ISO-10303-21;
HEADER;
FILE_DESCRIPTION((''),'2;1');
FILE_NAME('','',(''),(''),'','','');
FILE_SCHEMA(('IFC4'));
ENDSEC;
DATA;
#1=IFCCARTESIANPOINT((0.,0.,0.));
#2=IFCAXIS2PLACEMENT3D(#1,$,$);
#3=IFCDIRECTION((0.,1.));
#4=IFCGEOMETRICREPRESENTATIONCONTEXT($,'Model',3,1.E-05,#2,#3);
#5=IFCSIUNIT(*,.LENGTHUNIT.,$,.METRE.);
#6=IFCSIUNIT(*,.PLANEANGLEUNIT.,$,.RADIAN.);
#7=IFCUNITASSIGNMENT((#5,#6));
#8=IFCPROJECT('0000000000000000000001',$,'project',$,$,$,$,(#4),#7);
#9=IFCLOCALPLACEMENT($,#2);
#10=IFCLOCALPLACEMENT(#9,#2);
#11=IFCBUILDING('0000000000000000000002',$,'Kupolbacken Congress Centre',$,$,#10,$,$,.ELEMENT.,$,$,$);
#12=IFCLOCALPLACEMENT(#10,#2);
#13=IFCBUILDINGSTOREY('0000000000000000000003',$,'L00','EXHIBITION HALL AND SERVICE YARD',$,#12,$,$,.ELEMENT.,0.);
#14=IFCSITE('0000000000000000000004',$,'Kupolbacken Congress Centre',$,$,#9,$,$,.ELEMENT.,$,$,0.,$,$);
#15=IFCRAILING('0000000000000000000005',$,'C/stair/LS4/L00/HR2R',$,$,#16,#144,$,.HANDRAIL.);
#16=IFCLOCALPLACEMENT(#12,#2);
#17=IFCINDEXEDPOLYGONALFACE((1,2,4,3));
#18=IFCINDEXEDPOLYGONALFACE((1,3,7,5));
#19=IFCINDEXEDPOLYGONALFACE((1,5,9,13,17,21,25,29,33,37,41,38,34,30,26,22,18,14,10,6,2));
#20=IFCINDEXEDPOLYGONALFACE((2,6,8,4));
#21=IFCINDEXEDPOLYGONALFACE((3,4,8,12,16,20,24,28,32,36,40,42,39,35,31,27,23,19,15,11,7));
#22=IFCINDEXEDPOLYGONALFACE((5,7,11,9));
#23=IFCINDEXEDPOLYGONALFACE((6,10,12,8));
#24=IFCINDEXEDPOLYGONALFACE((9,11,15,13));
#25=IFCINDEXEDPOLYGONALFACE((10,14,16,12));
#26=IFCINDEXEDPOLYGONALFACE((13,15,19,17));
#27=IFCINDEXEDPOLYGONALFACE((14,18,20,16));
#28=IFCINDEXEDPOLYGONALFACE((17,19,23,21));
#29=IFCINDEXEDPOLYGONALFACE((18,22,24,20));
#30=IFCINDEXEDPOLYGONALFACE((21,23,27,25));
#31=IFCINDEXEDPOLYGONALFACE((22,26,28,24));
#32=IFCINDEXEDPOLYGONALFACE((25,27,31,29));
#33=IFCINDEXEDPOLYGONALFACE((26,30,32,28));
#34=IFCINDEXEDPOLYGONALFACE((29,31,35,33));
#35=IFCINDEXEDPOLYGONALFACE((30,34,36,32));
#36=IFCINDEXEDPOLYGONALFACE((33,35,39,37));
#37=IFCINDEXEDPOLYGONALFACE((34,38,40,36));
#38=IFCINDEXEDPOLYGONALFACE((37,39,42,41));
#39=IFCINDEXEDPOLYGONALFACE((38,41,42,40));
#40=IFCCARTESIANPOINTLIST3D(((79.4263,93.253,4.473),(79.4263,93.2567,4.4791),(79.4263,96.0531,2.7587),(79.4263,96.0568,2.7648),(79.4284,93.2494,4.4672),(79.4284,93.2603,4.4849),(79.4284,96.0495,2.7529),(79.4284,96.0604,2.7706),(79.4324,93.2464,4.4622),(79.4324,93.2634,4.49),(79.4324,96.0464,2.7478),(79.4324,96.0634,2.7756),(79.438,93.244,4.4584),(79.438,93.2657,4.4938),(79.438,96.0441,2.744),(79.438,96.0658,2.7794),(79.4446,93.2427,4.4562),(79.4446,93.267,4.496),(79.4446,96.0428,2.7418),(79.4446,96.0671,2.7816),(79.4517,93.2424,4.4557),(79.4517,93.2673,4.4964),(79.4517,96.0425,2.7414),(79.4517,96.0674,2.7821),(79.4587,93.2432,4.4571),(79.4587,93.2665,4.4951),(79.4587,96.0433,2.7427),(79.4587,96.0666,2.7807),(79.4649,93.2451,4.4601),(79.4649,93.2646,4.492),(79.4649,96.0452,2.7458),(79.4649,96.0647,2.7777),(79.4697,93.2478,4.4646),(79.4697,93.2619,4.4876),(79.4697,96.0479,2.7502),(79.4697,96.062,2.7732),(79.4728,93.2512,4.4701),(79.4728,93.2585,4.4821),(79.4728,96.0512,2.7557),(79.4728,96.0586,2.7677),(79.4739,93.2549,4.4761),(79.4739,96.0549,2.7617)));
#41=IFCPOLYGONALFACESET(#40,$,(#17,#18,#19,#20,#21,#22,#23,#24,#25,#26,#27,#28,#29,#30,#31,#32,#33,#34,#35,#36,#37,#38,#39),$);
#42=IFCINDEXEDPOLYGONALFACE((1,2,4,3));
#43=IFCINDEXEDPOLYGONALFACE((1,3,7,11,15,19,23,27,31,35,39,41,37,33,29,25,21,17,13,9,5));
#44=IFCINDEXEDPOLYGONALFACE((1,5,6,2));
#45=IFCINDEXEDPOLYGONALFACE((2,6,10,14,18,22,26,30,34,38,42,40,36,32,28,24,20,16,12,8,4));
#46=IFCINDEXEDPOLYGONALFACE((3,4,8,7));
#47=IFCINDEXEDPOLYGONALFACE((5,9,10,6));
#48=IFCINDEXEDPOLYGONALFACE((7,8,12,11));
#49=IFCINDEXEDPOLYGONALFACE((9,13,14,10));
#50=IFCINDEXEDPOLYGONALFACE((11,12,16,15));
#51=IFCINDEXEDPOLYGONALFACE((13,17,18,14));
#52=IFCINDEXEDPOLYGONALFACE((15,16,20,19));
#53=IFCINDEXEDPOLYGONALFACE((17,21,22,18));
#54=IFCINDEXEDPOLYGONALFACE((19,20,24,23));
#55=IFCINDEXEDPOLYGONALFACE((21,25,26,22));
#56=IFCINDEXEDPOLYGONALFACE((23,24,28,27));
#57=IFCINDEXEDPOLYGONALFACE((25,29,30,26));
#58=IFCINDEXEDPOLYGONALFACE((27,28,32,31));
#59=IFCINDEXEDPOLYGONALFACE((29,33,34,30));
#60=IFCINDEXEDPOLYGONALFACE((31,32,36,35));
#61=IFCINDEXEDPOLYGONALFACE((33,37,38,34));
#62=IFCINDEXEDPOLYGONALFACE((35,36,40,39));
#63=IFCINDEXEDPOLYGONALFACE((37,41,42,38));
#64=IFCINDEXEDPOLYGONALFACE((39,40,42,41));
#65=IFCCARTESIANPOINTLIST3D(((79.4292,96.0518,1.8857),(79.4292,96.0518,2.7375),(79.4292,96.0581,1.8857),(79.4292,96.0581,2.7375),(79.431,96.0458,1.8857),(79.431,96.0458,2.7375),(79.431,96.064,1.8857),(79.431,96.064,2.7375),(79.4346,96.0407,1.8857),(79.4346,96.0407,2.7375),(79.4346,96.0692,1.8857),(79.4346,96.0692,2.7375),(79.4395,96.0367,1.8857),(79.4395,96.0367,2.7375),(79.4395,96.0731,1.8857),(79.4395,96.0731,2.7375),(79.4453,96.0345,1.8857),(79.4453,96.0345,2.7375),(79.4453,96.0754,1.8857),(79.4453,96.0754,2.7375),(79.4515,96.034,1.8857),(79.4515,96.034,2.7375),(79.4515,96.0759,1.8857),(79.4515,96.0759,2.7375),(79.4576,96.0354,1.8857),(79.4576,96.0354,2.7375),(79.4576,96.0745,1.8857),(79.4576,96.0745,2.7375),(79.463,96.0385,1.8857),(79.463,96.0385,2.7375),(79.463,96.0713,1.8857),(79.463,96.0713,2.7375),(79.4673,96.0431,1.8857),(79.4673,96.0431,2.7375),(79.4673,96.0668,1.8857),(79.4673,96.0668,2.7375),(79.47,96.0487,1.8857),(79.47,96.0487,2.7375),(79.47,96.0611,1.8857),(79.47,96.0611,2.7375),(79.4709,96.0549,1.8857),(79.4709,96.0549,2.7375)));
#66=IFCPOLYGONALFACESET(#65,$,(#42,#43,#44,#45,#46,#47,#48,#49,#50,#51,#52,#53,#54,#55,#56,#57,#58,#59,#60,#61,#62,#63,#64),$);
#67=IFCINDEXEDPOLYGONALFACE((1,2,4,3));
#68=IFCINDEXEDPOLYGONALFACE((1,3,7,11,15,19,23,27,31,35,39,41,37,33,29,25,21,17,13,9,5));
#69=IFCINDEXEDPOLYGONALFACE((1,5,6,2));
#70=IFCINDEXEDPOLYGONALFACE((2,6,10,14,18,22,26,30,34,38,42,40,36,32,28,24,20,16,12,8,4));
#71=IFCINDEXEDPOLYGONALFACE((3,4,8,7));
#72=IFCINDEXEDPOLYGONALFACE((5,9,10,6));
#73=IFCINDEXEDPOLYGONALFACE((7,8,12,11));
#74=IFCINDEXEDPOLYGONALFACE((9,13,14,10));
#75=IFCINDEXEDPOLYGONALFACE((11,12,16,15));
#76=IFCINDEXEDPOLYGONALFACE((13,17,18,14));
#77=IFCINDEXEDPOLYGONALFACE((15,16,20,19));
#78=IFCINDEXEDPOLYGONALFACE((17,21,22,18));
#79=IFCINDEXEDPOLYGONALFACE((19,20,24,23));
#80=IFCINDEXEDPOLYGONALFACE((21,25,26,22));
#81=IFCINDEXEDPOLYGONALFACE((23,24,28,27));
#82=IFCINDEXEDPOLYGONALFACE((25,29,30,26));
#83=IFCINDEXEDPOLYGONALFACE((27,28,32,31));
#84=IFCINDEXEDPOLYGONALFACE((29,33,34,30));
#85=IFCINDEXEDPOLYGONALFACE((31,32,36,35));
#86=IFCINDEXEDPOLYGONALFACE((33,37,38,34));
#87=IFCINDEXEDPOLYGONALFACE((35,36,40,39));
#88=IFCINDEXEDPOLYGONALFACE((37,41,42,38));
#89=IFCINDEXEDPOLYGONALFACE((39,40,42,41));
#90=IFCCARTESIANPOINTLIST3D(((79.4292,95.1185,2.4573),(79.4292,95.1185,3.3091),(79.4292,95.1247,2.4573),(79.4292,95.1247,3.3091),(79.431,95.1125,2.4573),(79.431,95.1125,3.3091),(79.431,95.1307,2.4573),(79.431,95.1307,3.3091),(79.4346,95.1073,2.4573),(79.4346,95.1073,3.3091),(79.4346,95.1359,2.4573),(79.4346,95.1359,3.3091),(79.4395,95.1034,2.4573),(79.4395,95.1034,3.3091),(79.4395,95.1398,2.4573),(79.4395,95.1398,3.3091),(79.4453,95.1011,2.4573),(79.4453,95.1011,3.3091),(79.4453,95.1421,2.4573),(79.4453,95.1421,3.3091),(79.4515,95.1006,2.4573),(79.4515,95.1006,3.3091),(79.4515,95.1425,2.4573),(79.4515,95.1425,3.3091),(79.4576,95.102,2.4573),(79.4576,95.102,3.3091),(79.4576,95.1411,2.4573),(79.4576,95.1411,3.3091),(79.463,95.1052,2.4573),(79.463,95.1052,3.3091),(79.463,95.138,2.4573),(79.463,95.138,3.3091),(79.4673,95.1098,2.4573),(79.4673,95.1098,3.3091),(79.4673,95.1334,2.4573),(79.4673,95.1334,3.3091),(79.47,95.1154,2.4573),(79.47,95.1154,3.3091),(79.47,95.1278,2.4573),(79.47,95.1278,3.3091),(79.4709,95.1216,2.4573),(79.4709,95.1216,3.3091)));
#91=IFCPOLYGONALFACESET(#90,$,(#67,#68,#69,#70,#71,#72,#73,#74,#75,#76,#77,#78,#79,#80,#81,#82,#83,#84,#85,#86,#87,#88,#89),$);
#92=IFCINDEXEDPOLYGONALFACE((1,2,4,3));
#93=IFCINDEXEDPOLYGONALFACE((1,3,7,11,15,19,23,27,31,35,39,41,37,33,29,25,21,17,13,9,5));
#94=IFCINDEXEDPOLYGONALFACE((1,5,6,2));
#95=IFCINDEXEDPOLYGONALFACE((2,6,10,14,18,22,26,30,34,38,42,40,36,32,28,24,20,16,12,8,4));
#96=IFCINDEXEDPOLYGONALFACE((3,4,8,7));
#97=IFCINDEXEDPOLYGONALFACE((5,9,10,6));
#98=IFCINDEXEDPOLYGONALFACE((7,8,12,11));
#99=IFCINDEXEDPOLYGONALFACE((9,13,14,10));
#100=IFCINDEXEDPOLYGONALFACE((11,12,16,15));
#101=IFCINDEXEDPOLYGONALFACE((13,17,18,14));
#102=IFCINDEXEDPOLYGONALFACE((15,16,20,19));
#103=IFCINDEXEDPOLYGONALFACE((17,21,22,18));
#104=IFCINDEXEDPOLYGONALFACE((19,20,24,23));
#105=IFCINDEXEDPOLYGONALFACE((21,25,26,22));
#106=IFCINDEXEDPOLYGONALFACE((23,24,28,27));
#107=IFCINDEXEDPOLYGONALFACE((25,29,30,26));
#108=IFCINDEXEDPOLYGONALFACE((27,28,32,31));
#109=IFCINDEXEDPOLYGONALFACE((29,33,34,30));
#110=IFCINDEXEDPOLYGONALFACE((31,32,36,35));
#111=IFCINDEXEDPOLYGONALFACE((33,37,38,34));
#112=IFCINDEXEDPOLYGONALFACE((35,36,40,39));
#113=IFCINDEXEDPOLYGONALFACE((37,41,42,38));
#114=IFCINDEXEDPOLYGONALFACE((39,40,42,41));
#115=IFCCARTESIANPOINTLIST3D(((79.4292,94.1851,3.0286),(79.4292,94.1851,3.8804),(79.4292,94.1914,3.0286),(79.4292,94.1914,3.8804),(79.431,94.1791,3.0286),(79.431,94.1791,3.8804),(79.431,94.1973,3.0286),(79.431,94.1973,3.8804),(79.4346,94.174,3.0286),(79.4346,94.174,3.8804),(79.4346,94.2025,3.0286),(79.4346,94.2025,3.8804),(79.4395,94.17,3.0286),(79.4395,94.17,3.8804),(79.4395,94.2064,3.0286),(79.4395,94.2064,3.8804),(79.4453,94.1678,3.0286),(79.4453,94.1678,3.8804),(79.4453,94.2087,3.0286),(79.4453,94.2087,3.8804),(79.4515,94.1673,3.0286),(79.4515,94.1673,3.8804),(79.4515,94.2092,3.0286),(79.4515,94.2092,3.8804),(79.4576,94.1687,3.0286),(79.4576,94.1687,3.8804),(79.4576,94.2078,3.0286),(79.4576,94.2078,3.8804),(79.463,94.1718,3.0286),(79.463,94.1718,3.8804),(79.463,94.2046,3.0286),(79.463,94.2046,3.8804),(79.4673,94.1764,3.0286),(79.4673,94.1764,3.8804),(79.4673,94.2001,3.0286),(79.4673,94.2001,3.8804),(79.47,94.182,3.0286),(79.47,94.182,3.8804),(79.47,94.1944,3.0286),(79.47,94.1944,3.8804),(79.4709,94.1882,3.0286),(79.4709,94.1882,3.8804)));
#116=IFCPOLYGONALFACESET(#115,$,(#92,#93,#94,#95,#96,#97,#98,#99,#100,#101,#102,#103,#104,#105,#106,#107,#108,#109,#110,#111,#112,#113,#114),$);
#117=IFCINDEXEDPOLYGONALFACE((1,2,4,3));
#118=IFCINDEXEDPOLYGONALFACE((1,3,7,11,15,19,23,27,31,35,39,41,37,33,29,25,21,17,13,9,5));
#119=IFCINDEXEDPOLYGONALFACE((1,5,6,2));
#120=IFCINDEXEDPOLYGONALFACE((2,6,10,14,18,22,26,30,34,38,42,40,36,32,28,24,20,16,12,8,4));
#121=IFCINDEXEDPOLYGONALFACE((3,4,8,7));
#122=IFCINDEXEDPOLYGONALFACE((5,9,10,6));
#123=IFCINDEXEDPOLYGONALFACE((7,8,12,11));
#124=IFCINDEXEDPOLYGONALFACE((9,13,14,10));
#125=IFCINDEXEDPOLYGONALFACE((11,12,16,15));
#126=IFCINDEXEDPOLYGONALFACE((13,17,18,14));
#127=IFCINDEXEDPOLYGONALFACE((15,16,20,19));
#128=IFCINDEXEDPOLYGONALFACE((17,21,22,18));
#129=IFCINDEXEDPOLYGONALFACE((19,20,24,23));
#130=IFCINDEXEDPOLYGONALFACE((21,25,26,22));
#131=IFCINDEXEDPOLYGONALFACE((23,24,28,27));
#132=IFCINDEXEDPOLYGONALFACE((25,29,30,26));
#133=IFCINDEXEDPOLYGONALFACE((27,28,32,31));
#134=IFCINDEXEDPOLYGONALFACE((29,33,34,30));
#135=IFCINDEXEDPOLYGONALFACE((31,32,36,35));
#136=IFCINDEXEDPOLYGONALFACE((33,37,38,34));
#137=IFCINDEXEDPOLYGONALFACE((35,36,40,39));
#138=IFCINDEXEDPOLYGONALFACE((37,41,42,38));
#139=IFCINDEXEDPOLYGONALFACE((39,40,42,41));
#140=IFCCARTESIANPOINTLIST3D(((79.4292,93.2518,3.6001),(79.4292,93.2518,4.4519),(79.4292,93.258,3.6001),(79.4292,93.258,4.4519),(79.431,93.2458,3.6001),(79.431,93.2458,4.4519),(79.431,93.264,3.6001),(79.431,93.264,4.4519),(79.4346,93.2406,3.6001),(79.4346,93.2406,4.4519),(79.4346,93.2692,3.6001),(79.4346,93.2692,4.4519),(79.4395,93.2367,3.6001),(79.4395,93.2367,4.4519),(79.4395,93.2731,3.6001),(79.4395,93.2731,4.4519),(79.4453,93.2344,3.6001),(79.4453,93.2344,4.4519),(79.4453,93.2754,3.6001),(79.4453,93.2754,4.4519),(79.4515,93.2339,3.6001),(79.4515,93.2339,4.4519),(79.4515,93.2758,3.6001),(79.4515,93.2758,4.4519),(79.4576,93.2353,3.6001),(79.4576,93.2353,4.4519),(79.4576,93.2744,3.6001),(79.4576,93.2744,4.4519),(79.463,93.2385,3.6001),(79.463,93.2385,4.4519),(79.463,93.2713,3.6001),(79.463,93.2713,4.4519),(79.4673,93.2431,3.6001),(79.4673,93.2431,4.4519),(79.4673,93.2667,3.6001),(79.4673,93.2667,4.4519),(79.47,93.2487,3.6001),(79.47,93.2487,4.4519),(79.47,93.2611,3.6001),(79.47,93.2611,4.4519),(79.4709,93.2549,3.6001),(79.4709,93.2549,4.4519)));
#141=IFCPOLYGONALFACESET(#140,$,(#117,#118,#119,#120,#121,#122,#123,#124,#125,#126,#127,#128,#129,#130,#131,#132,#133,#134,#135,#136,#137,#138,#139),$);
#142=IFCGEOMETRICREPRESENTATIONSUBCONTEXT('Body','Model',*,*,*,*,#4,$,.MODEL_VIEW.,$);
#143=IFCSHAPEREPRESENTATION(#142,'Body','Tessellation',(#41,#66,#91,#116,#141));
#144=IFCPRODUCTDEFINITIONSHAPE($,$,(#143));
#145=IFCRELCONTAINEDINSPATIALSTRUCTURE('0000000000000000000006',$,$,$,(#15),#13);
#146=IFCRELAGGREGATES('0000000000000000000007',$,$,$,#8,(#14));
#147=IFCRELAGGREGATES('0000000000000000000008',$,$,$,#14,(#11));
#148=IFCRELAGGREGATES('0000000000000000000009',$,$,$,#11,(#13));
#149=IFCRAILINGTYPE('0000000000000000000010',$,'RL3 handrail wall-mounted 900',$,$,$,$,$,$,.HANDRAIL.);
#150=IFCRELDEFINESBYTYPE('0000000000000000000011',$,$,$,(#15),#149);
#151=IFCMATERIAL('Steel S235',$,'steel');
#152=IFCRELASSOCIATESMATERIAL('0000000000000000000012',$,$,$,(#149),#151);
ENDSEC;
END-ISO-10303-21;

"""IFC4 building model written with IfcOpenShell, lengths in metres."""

from ifc_helpers import new_model, si_unit, direction, frame, origin, origin_2d, place, context, subcontext, project, spatial, circle, extrude, material, type_object, element, save


model = new_model("IFC4")

# Units and contexts
model_context = context("Model", 3, precision=1e-05, world=origin(), true_north=direction((0.0, 1.0)))
body_context = subcontext(model_context, "Body", "Model", "MODEL_VIEW")
ifc_project = project(units=[si_unit("LENGTHUNIT", "METRE"), si_unit("PLANEANGLEUNIT", "RADIAN")], contexts=[model_context])

# Site, building, storey
site_placement = place(None, origin())
site = spatial("IfcSite", under=ifc_project, at=site_placement, Name="Kupolbacken Congress Centre", CompositionType="ELEMENT", RefElevation=0.0)
building_placement = place(site_placement, origin())
building = spatial("IfcBuilding", under=site, at=building_placement, Name="Kupolbacken Congress Centre", CompositionType="ELEMENT")
storey_placement = place(building_placement, origin())
storey = spatial("IfcBuildingStorey", under=building, at=storey_placement, Name="L00", Description="EXHIBITION HALL AND SERVICE YARD", CompositionType="ELEMENT", Elevation=0.0)

# Railing
ifc_material_1 = material(Name="Steel S235", Category="steel")
railing_type = type_object("IfcRailingType", Name="RL3 handrail wall-mounted 900", PredefinedType="HANDRAIL", material=ifc_material_1)
for number, where, name in (
    (1, (79.45, 96.0549, 1.8857), "C/stair/LS4/L00/HR2R"),
):
    element("IfcRailing", number, at=place(storey_placement, frame(where)), inside=storey, type_object=railing_type, Name=name, PredefinedType="HANDRAIL", context=body_context, shape_type="SweptSolid", body=[
        extrude(circle(Radius=0.0239, at=origin_2d()), frame((0.0, 0.0, 0.876), z_axis=(0.0, -0.852846, 0.522163), x_axis=(1.0, 0.0, 0.0)), (0.0, 0.0, 1.0), 3.2832),
        extrude(circle(Radius=0.021, at=origin_2d()), origin(), (0.0, 0.0, 1.0), 0.8518),
        extrude(circle(Radius=0.021, at=origin_2d()), frame((0.0, -0.9333, 0.5715)), (0.0, 0.0, 1.0), 0.8518),
        extrude(circle(Radius=0.021, at=origin_2d()), frame((0.0, -1.8667, 1.1428)), (0.0, 0.0, 1.0), 0.8518),
        extrude(circle(Radius=0.021, at=origin_2d()), frame((0.0, -2.8, 1.7144)), (0.0, 0.0, 1.0), 0.8518),
    ])

save(model, "model.ifc")
